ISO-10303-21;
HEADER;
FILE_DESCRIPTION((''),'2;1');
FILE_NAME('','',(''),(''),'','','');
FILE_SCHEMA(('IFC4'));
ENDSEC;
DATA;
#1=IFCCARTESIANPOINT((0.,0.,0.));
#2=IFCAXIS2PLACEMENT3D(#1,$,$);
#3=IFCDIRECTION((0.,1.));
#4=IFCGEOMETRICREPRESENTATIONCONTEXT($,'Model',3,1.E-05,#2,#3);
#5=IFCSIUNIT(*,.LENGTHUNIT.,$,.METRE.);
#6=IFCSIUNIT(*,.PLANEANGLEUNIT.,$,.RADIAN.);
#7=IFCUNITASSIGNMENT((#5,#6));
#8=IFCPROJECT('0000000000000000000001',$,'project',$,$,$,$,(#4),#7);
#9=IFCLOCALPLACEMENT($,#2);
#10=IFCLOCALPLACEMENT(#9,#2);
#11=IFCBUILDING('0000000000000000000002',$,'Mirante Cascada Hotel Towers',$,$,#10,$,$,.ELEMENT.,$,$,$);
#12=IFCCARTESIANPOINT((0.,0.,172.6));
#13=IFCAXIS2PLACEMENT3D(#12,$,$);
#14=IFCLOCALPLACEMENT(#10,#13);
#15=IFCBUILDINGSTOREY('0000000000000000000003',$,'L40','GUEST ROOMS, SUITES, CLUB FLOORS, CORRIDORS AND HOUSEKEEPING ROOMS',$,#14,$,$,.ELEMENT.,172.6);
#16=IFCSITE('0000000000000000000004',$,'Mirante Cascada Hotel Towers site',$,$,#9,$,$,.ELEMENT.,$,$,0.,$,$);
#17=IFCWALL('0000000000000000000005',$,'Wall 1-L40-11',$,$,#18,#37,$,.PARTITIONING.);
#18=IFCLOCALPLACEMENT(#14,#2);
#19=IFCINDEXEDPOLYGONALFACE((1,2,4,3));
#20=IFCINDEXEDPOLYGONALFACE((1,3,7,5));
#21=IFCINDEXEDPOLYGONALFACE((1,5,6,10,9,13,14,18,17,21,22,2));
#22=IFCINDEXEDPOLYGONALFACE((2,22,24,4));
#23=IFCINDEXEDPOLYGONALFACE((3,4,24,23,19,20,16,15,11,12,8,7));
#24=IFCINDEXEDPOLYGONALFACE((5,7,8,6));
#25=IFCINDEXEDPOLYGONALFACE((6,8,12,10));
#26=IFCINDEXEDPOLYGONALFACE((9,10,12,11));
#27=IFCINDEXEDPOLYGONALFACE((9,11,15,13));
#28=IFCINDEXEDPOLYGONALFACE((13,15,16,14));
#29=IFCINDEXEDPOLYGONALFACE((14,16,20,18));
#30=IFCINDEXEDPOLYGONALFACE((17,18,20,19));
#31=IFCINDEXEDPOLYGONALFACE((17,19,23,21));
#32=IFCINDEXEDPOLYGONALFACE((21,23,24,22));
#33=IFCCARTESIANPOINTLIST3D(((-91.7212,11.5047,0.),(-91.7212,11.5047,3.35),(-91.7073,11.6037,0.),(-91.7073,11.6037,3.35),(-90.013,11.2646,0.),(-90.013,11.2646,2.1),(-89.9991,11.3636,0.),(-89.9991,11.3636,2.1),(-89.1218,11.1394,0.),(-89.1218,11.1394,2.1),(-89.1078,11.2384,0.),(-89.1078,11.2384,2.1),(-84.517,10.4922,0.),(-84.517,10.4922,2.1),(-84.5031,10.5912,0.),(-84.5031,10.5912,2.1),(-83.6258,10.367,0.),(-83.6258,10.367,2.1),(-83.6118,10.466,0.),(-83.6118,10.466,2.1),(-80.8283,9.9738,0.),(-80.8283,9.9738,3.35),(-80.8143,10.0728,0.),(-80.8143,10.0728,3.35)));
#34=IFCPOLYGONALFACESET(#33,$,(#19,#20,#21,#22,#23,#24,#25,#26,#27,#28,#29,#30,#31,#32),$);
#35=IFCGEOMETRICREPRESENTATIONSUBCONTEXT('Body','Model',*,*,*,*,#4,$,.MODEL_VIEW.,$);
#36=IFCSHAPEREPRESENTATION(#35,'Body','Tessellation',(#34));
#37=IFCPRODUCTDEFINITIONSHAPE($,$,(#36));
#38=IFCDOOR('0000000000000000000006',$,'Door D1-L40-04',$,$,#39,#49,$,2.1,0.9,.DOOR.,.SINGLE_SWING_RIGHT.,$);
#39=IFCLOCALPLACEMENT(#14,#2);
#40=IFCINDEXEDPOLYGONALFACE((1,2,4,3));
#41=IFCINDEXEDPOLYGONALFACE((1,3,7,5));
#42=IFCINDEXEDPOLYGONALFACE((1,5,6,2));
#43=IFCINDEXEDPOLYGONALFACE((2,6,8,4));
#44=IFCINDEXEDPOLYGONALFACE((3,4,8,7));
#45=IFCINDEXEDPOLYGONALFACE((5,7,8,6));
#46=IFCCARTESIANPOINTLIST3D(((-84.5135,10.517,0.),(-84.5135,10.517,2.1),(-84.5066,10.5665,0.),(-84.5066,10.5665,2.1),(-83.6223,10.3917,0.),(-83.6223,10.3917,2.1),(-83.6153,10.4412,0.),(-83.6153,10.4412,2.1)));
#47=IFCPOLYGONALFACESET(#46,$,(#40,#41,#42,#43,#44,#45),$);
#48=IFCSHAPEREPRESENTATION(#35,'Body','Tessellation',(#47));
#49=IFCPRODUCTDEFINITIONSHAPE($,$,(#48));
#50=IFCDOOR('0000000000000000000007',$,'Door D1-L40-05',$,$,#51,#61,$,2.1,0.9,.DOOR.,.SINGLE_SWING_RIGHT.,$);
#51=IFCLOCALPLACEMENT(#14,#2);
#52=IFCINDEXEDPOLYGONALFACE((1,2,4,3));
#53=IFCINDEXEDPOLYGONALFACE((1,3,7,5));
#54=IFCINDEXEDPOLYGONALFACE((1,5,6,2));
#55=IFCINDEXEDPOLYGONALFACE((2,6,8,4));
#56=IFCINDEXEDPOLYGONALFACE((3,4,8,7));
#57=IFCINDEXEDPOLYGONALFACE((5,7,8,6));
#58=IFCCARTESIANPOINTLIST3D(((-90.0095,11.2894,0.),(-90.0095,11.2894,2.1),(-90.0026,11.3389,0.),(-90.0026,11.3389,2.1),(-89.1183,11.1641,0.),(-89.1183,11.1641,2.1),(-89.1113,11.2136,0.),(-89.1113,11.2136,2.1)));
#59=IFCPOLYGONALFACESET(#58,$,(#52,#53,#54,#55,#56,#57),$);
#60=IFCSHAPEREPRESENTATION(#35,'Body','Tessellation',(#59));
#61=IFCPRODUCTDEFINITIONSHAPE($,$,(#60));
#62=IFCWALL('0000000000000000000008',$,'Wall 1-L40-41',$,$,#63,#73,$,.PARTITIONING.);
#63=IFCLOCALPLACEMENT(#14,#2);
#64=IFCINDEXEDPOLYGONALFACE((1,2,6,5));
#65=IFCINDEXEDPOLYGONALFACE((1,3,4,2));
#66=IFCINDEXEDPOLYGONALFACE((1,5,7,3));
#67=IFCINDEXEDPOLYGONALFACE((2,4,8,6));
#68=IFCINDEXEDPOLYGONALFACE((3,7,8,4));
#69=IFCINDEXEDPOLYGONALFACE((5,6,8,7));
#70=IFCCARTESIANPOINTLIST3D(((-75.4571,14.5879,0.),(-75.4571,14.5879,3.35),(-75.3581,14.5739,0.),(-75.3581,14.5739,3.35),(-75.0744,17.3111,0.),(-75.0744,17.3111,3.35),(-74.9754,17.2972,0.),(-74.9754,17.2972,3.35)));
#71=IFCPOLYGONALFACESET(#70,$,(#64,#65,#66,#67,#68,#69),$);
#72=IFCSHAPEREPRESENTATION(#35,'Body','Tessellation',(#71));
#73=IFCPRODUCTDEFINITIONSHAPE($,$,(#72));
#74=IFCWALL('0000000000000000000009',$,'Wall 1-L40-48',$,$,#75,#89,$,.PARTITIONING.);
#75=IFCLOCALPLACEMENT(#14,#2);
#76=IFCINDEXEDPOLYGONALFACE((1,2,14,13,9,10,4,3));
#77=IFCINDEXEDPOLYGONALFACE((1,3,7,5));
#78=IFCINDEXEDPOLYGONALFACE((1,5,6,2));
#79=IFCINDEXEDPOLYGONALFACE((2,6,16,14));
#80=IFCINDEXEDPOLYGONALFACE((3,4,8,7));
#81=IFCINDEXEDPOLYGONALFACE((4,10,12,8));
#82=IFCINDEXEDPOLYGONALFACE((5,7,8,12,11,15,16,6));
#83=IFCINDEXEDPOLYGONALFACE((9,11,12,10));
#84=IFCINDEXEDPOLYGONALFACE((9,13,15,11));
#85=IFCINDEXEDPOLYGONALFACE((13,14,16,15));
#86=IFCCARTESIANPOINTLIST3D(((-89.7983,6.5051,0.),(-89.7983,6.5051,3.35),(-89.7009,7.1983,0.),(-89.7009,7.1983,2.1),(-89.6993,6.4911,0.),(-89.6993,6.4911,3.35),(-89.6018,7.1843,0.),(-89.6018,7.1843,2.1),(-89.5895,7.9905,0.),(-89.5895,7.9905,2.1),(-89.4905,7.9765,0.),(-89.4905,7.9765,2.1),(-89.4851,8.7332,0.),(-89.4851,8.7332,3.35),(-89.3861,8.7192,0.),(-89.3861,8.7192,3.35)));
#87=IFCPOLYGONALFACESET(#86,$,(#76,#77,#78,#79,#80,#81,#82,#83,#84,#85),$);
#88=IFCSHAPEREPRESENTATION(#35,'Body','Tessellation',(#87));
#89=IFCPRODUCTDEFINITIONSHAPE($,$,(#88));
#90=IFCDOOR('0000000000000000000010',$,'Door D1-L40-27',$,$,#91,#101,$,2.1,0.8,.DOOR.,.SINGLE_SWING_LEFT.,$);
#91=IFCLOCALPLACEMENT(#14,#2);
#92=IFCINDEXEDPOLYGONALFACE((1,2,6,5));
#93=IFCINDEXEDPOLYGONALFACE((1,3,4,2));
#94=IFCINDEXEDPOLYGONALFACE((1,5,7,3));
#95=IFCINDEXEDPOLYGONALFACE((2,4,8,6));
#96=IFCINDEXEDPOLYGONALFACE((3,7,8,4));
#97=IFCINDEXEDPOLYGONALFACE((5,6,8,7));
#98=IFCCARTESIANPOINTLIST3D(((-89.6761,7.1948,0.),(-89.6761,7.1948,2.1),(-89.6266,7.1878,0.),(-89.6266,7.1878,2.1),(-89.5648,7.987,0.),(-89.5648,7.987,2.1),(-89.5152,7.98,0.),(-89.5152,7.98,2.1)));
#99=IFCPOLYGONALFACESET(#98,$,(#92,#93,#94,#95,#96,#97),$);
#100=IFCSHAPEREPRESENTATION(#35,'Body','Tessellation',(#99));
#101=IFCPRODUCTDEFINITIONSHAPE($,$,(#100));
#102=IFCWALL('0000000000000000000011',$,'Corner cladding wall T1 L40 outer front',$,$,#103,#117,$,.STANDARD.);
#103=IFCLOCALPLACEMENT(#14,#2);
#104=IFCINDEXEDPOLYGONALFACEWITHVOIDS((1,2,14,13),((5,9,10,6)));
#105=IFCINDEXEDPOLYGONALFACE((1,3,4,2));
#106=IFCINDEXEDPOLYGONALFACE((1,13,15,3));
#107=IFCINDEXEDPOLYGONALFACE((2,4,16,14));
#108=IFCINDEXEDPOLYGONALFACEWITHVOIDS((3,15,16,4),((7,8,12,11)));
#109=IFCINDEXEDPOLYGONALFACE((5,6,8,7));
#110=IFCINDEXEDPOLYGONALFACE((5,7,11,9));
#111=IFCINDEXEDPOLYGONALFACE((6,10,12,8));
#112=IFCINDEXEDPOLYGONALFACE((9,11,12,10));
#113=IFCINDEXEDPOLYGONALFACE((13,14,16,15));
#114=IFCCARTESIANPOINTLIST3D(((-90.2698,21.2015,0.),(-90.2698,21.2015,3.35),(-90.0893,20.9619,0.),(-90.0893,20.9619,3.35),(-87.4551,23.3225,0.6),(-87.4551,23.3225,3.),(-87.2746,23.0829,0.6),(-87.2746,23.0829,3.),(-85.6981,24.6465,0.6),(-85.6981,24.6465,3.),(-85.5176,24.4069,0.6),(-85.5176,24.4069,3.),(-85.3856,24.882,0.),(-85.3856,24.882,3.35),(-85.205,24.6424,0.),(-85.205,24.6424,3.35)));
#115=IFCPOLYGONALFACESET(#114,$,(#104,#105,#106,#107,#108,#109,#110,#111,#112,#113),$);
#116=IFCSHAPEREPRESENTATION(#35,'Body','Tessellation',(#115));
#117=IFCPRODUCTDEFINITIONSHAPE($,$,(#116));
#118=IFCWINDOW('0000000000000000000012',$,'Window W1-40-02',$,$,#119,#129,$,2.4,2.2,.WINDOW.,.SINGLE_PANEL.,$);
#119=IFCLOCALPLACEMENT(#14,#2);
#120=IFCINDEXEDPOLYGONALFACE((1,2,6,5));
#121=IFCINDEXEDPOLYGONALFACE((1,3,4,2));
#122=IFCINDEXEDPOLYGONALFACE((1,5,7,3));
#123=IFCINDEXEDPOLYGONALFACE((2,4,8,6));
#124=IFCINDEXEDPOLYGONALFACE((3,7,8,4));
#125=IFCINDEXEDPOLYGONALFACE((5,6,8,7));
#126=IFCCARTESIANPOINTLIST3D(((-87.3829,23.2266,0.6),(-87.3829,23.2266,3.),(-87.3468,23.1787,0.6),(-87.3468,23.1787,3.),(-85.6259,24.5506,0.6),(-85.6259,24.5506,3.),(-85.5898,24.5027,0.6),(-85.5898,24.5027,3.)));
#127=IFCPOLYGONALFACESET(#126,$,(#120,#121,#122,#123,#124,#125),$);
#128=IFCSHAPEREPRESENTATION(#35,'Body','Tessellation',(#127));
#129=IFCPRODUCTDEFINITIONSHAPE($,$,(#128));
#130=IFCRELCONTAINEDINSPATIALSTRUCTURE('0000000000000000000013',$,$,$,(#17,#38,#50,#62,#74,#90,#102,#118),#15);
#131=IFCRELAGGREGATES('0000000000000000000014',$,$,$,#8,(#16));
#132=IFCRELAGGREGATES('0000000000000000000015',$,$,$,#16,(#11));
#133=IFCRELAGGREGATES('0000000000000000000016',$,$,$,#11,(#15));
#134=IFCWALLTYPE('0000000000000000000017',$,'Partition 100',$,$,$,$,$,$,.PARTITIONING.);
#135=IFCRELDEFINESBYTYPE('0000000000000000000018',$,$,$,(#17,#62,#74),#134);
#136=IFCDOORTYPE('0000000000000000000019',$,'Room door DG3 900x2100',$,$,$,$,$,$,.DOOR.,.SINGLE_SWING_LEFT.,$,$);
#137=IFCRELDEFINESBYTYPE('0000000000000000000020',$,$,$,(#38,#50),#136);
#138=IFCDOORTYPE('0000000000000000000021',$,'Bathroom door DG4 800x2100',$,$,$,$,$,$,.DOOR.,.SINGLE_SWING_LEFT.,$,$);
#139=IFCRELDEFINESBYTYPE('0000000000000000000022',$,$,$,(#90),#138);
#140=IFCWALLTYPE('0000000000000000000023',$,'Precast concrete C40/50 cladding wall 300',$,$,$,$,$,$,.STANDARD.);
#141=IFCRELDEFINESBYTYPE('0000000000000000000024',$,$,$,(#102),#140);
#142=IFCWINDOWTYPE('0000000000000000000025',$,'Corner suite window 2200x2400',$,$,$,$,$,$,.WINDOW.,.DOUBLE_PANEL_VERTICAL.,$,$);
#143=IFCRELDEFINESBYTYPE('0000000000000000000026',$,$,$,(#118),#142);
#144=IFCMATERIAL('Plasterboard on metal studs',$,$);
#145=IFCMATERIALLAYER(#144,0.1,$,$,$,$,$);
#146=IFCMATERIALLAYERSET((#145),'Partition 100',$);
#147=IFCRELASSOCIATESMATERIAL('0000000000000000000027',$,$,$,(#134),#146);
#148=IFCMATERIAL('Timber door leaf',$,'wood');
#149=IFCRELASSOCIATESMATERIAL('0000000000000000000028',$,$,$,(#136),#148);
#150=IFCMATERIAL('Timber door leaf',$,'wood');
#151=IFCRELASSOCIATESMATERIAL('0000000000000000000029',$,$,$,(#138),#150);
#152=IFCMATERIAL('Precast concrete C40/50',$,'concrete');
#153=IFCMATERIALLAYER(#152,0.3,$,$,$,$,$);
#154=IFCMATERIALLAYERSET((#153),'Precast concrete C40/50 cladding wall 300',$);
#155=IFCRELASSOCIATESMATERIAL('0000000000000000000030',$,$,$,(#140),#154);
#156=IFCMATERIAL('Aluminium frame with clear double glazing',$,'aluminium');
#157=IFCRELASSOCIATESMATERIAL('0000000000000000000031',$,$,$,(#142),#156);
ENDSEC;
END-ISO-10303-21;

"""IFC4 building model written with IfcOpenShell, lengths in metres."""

from ifc_helpers import new_model, si_unit, direction, frame, frame_2d, origin, place, context, subcontext, project, spatial, rectangle, extrude, material, layer, layer_set, type_object, element, fill, save


model = new_model("IFC4")

# Units and contexts
model_context = context("Model", 3, precision=1e-05, world=origin(), true_north=direction((0.0, 1.0)))
body_context = subcontext(model_context, "Body", "Model", "MODEL_VIEW")
ifc_project = project(units=[si_unit("LENGTHUNIT", "METRE"), si_unit("PLANEANGLEUNIT", "RADIAN")], contexts=[model_context])

# Site, building, storey
site_placement = place(None, origin())
site = spatial("IfcSite", under=ifc_project, at=site_placement, Name="Mirante Cascada Hotel Towers site", CompositionType="ELEMENT", RefElevation=0.0)
building_placement = place(site_placement, origin())
building = spatial("IfcBuilding", under=site, at=building_placement, Name="Mirante Cascada Hotel Towers", CompositionType="ELEMENT")
storey_placement = place(building_placement, frame((0.0, 0.0, 172.6)))
storey = spatial("IfcBuildingStorey", under=building, at=storey_placement, Name="L40", Description="GUEST ROOMS, SUITES, CLUB FLOORS, CORRIDORS AND HOUSEKEEPING ROOMS", CompositionType="ELEMENT", Elevation=172.6)

# Shared definitions
ifc_material_1 = material(Name="Plasterboard on metal studs")
ifc_layer_1 = layer(ifc_material_1, 0.1)
ifc_layer_set_1 = layer_set([ifc_layer_1], Name="Partition 100")
wall_type_1 = type_object("IfcWallType", Name="Partition 100", PredefinedType="PARTITIONING", material=ifc_layer_set_1)

# Wall, openings, doors
wall_1_placement = place(storey_placement, frame((-80.8213, 10.0233, 0.0), z_axis=(0.0, 0.0, 1.0), x_axis=(-0.990268, 0.139173, 0.0)))
wall_1 = element("IfcWall", 1, at=wall_1_placement, inside=storey, type_object=wall_type_1, Name="Wall 1-L40-11", PredefinedType="PARTITIONING", context=body_context, shape_type="SweptSolid", body=[
    extrude(rectangle(XDim=11.0, YDim=0.1, at=frame_2d((5.5, 0.0))), origin(), (0.0, 0.0, 1.0), 3.35),
])
opening_1_placement = place(wall_1_placement, frame((2.825, 0.0, 0.0)))
opening_1 = element("IfcOpeningElement", 2, at=opening_1_placement, cuts=wall_1, PredefinedType="OPENING", context=body_context, shape_type="SweptSolid", body=[
    extrude(rectangle(XDim=0.9, YDim=2.1, at=frame_2d((0.45, 1.05))), frame((0.0, 0.05, 0.0), z_axis=(0.0, -1.0, 0.0), x_axis=(1.0, 0.0, 0.0)), (0.0, 0.0, 1.0), 0.1),
])
opening_2_placement = place(wall_1_placement, frame((8.375, 0.0, 0.0)))
opening_2 = element("IfcOpeningElement", 3, at=opening_2_placement, cuts=wall_1, PredefinedType="OPENING", context=body_context, shape_type="SweptSolid", body=[
    extrude(rectangle(XDim=0.9, YDim=2.1, at=frame_2d((0.45, 1.05))), frame((0.0, 0.05, 0.0), z_axis=(0.0, -1.0, 0.0), x_axis=(1.0, 0.0, 0.0)), (0.0, 0.0, 1.0), 0.1),
])
ifc_material_2 = material(Name="Timber door leaf", Category="wood")
door_type_1 = type_object("IfcDoorType", Name="Room door DG3 900x2100", OperationType="SINGLE_SWING_LEFT", PredefinedType="DOOR", material=ifc_material_2)
door_1_placement = place(opening_1_placement, frame((0.9, 0.0, 0.0), z_axis=(0.0, 0.0, 1.0), x_axis=(-1.0, 0.0, 0.0)))
door_1 = element("IfcDoor", 4, at=door_1_placement, inside=storey, type_object=door_type_1, Name="Door D1-L40-04", OperationType="SINGLE_SWING_RIGHT", OverallHeight=2.1, OverallWidth=0.9, PredefinedType="DOOR", context=body_context, shape_type="SweptSolid", body=[
    extrude(rectangle(XDim=0.9, YDim=2.1, at=frame_2d((0.45, 1.05))), frame((0.0, 0.025, 0.0), z_axis=(0.0, -1.0, 0.0), x_axis=(1.0, 0.0, 0.0)), (0.0, 0.0, 1.0), 0.05),
])
fill(opening_1, door_1)
door_2_placement = place(opening_2_placement, frame((0.9, 0.0, 0.0), z_axis=(0.0, 0.0, 1.0), x_axis=(-1.0, 0.0, 0.0)))
door_2 = element("IfcDoor", 5, at=door_2_placement, inside=storey, type_object=door_type_1, Name="Door D1-L40-05", OperationType="SINGLE_SWING_RIGHT", OverallHeight=2.1, OverallWidth=0.9, PredefinedType="DOOR", context=body_context, shape_type="SweptSolid", body=[
    extrude(rectangle(XDim=0.9, YDim=2.1, at=frame_2d((0.45, 1.05))), frame((0.0, 0.025, 0.0), z_axis=(0.0, -1.0, 0.0), x_axis=(1.0, 0.0, 0.0)), (0.0, 0.0, 1.0), 0.05),
])
fill(opening_2, door_2)

# Wall
wall_2_placement = place(storey_placement, frame((-75.4076, 14.5809, 0.0), z_axis=(0.0, 0.0, 1.0), x_axis=(0.139166, 0.990269, 0.0)))
element("IfcWall", 6, at=wall_2_placement, inside=storey, type_object=wall_type_1, Name="Wall 1-L40-41", PredefinedType="PARTITIONING", context=body_context, shape_type="SweptSolid", body=[
    extrude(rectangle(XDim=2.75, YDim=0.1, at=frame_2d((1.375, 0.0))), origin(), (0.0, 0.0, 1.0), 3.35),
])

# Wall, opening, door
wall_3_placement = place(storey_placement, frame((-89.4356, 8.7262, 0.0), z_axis=(0.0, 0.0, 1.0), x_axis=(-0.1392, -0.990264, 0.0)))
wall_3 = element("IfcWall", 7, at=wall_3_placement, inside=storey, type_object=wall_type_1, Name="Wall 1-L40-48", PredefinedType="PARTITIONING", context=body_context, shape_type="SweptSolid", body=[
    extrude(rectangle(XDim=2.25, YDim=0.1, at=frame_2d((1.125, 0.0))), origin(), (0.0, 0.0, 1.0), 3.35),
])
opening_3_placement = place(wall_3_placement, frame((0.75, 0.0, 0.0)))
opening_3 = element("IfcOpeningElement", 8, at=opening_3_placement, cuts=wall_3, PredefinedType="OPENING", context=body_context, shape_type="SweptSolid", body=[
    extrude(rectangle(XDim=0.8, YDim=2.1, at=frame_2d((0.4, 1.05))), frame((0.0, 0.05, 0.0), z_axis=(0.0, -1.0, 0.0), x_axis=(1.0, 0.0, 0.0)), (0.0, 0.0, 1.0), 0.1),
])
ifc_material_3 = material(Name="Timber door leaf", Category="wood")
door_type_2 = type_object("IfcDoorType", Name="Bathroom door DG4 800x2100", OperationType="SINGLE_SWING_LEFT", PredefinedType="DOOR", material=ifc_material_3)
door_3_placement = place(opening_3_placement, origin())
door_3 = element("IfcDoor", 9, at=door_3_placement, inside=storey, type_object=door_type_2, Name="Door D1-L40-27", OperationType="SINGLE_SWING_LEFT", OverallHeight=2.1, OverallWidth=0.8, PredefinedType="DOOR", context=body_context, shape_type="SweptSolid", body=[
    extrude(rectangle(XDim=0.8, YDim=2.1, at=frame_2d((0.4, 1.05))), frame((0.0, 0.025, 0.0), z_axis=(0.0, -1.0, 0.0), x_axis=(1.0, 0.0, 0.0)), (0.0, 0.0, 1.0), 0.05),
])
fill(opening_3, door_3)

# Wall, opening, window
ifc_material_4 = material(Name="Precast concrete C40/50", Category="concrete")
ifc_layer_2 = layer(ifc_material_4, 0.3)
ifc_layer_set_2 = layer_set([ifc_layer_2], Name="Precast concrete C40/50 cladding wall 300")
wall_type_2 = type_object("IfcWallType", Name="Precast concrete C40/50 cladding wall 300", PredefinedType="STANDARD", material=ifc_layer_set_2)
wall_4_placement = place(storey_placement, frame((-90.1795, 21.0817, 0.0), z_axis=(0.0, 0.0, 1.0), x_axis=(0.798636, 0.601814, 0.0)))
wall_4 = element("IfcWall", 10, at=wall_4_placement, inside=storey, type_object=wall_type_2, Name="Corner cladding wall T1 L40 outer front", PredefinedType="STANDARD", context=body_context, shape_type="SweptSolid", body=[
    extrude(rectangle(XDim=6.1157, YDim=0.3, at=frame_2d((3.0578, 0.0))), origin(), (0.0, 0.0, 1.0), 3.35),
])
opening_4_placement = place(wall_4_placement, frame((3.5243, 0.0, 0.6)))
opening_4 = element("IfcOpeningElement", 11, at=opening_4_placement, cuts=wall_4, PredefinedType="OPENING", context=body_context, shape_type="SweptSolid", body=[
    extrude(rectangle(XDim=2.2, YDim=2.4, at=frame_2d((1.1, 1.2))), frame((0.0, 0.15, 0.0), z_axis=(0.0, -1.0, 0.0), x_axis=(1.0, 0.0, 0.0)), (0.0, 0.0, 1.0), 0.3),
])
ifc_material_5 = material(Name="Aluminium frame with clear double glazing", Category="aluminium")
window_type = type_object("IfcWindowType", Name="Corner suite window 2200x2400", PartitioningType="DOUBLE_PANEL_VERTICAL", PredefinedType="WINDOW", material=ifc_material_5)
window_placement = place(opening_4_placement, origin())
window = element("IfcWindow", 12, at=window_placement, inside=storey, type_object=window_type, Name="Window W1-40-02", OverallHeight=2.4, OverallWidth=2.2, PartitioningType="SINGLE_PANEL", PredefinedType="WINDOW", context=body_context, shape_type="SweptSolid", body=[
    extrude(rectangle(XDim=2.2, YDim=2.4, at=frame_2d((1.1, 1.2))), frame((0.0, 0.03, 0.0), z_axis=(0.0, -1.0, 0.0), x_axis=(1.0, 0.0, 0.0)), (0.0, 0.0, 1.0), 0.06),
])
fill(opening_4, window)

save(model, "model.ifc")
